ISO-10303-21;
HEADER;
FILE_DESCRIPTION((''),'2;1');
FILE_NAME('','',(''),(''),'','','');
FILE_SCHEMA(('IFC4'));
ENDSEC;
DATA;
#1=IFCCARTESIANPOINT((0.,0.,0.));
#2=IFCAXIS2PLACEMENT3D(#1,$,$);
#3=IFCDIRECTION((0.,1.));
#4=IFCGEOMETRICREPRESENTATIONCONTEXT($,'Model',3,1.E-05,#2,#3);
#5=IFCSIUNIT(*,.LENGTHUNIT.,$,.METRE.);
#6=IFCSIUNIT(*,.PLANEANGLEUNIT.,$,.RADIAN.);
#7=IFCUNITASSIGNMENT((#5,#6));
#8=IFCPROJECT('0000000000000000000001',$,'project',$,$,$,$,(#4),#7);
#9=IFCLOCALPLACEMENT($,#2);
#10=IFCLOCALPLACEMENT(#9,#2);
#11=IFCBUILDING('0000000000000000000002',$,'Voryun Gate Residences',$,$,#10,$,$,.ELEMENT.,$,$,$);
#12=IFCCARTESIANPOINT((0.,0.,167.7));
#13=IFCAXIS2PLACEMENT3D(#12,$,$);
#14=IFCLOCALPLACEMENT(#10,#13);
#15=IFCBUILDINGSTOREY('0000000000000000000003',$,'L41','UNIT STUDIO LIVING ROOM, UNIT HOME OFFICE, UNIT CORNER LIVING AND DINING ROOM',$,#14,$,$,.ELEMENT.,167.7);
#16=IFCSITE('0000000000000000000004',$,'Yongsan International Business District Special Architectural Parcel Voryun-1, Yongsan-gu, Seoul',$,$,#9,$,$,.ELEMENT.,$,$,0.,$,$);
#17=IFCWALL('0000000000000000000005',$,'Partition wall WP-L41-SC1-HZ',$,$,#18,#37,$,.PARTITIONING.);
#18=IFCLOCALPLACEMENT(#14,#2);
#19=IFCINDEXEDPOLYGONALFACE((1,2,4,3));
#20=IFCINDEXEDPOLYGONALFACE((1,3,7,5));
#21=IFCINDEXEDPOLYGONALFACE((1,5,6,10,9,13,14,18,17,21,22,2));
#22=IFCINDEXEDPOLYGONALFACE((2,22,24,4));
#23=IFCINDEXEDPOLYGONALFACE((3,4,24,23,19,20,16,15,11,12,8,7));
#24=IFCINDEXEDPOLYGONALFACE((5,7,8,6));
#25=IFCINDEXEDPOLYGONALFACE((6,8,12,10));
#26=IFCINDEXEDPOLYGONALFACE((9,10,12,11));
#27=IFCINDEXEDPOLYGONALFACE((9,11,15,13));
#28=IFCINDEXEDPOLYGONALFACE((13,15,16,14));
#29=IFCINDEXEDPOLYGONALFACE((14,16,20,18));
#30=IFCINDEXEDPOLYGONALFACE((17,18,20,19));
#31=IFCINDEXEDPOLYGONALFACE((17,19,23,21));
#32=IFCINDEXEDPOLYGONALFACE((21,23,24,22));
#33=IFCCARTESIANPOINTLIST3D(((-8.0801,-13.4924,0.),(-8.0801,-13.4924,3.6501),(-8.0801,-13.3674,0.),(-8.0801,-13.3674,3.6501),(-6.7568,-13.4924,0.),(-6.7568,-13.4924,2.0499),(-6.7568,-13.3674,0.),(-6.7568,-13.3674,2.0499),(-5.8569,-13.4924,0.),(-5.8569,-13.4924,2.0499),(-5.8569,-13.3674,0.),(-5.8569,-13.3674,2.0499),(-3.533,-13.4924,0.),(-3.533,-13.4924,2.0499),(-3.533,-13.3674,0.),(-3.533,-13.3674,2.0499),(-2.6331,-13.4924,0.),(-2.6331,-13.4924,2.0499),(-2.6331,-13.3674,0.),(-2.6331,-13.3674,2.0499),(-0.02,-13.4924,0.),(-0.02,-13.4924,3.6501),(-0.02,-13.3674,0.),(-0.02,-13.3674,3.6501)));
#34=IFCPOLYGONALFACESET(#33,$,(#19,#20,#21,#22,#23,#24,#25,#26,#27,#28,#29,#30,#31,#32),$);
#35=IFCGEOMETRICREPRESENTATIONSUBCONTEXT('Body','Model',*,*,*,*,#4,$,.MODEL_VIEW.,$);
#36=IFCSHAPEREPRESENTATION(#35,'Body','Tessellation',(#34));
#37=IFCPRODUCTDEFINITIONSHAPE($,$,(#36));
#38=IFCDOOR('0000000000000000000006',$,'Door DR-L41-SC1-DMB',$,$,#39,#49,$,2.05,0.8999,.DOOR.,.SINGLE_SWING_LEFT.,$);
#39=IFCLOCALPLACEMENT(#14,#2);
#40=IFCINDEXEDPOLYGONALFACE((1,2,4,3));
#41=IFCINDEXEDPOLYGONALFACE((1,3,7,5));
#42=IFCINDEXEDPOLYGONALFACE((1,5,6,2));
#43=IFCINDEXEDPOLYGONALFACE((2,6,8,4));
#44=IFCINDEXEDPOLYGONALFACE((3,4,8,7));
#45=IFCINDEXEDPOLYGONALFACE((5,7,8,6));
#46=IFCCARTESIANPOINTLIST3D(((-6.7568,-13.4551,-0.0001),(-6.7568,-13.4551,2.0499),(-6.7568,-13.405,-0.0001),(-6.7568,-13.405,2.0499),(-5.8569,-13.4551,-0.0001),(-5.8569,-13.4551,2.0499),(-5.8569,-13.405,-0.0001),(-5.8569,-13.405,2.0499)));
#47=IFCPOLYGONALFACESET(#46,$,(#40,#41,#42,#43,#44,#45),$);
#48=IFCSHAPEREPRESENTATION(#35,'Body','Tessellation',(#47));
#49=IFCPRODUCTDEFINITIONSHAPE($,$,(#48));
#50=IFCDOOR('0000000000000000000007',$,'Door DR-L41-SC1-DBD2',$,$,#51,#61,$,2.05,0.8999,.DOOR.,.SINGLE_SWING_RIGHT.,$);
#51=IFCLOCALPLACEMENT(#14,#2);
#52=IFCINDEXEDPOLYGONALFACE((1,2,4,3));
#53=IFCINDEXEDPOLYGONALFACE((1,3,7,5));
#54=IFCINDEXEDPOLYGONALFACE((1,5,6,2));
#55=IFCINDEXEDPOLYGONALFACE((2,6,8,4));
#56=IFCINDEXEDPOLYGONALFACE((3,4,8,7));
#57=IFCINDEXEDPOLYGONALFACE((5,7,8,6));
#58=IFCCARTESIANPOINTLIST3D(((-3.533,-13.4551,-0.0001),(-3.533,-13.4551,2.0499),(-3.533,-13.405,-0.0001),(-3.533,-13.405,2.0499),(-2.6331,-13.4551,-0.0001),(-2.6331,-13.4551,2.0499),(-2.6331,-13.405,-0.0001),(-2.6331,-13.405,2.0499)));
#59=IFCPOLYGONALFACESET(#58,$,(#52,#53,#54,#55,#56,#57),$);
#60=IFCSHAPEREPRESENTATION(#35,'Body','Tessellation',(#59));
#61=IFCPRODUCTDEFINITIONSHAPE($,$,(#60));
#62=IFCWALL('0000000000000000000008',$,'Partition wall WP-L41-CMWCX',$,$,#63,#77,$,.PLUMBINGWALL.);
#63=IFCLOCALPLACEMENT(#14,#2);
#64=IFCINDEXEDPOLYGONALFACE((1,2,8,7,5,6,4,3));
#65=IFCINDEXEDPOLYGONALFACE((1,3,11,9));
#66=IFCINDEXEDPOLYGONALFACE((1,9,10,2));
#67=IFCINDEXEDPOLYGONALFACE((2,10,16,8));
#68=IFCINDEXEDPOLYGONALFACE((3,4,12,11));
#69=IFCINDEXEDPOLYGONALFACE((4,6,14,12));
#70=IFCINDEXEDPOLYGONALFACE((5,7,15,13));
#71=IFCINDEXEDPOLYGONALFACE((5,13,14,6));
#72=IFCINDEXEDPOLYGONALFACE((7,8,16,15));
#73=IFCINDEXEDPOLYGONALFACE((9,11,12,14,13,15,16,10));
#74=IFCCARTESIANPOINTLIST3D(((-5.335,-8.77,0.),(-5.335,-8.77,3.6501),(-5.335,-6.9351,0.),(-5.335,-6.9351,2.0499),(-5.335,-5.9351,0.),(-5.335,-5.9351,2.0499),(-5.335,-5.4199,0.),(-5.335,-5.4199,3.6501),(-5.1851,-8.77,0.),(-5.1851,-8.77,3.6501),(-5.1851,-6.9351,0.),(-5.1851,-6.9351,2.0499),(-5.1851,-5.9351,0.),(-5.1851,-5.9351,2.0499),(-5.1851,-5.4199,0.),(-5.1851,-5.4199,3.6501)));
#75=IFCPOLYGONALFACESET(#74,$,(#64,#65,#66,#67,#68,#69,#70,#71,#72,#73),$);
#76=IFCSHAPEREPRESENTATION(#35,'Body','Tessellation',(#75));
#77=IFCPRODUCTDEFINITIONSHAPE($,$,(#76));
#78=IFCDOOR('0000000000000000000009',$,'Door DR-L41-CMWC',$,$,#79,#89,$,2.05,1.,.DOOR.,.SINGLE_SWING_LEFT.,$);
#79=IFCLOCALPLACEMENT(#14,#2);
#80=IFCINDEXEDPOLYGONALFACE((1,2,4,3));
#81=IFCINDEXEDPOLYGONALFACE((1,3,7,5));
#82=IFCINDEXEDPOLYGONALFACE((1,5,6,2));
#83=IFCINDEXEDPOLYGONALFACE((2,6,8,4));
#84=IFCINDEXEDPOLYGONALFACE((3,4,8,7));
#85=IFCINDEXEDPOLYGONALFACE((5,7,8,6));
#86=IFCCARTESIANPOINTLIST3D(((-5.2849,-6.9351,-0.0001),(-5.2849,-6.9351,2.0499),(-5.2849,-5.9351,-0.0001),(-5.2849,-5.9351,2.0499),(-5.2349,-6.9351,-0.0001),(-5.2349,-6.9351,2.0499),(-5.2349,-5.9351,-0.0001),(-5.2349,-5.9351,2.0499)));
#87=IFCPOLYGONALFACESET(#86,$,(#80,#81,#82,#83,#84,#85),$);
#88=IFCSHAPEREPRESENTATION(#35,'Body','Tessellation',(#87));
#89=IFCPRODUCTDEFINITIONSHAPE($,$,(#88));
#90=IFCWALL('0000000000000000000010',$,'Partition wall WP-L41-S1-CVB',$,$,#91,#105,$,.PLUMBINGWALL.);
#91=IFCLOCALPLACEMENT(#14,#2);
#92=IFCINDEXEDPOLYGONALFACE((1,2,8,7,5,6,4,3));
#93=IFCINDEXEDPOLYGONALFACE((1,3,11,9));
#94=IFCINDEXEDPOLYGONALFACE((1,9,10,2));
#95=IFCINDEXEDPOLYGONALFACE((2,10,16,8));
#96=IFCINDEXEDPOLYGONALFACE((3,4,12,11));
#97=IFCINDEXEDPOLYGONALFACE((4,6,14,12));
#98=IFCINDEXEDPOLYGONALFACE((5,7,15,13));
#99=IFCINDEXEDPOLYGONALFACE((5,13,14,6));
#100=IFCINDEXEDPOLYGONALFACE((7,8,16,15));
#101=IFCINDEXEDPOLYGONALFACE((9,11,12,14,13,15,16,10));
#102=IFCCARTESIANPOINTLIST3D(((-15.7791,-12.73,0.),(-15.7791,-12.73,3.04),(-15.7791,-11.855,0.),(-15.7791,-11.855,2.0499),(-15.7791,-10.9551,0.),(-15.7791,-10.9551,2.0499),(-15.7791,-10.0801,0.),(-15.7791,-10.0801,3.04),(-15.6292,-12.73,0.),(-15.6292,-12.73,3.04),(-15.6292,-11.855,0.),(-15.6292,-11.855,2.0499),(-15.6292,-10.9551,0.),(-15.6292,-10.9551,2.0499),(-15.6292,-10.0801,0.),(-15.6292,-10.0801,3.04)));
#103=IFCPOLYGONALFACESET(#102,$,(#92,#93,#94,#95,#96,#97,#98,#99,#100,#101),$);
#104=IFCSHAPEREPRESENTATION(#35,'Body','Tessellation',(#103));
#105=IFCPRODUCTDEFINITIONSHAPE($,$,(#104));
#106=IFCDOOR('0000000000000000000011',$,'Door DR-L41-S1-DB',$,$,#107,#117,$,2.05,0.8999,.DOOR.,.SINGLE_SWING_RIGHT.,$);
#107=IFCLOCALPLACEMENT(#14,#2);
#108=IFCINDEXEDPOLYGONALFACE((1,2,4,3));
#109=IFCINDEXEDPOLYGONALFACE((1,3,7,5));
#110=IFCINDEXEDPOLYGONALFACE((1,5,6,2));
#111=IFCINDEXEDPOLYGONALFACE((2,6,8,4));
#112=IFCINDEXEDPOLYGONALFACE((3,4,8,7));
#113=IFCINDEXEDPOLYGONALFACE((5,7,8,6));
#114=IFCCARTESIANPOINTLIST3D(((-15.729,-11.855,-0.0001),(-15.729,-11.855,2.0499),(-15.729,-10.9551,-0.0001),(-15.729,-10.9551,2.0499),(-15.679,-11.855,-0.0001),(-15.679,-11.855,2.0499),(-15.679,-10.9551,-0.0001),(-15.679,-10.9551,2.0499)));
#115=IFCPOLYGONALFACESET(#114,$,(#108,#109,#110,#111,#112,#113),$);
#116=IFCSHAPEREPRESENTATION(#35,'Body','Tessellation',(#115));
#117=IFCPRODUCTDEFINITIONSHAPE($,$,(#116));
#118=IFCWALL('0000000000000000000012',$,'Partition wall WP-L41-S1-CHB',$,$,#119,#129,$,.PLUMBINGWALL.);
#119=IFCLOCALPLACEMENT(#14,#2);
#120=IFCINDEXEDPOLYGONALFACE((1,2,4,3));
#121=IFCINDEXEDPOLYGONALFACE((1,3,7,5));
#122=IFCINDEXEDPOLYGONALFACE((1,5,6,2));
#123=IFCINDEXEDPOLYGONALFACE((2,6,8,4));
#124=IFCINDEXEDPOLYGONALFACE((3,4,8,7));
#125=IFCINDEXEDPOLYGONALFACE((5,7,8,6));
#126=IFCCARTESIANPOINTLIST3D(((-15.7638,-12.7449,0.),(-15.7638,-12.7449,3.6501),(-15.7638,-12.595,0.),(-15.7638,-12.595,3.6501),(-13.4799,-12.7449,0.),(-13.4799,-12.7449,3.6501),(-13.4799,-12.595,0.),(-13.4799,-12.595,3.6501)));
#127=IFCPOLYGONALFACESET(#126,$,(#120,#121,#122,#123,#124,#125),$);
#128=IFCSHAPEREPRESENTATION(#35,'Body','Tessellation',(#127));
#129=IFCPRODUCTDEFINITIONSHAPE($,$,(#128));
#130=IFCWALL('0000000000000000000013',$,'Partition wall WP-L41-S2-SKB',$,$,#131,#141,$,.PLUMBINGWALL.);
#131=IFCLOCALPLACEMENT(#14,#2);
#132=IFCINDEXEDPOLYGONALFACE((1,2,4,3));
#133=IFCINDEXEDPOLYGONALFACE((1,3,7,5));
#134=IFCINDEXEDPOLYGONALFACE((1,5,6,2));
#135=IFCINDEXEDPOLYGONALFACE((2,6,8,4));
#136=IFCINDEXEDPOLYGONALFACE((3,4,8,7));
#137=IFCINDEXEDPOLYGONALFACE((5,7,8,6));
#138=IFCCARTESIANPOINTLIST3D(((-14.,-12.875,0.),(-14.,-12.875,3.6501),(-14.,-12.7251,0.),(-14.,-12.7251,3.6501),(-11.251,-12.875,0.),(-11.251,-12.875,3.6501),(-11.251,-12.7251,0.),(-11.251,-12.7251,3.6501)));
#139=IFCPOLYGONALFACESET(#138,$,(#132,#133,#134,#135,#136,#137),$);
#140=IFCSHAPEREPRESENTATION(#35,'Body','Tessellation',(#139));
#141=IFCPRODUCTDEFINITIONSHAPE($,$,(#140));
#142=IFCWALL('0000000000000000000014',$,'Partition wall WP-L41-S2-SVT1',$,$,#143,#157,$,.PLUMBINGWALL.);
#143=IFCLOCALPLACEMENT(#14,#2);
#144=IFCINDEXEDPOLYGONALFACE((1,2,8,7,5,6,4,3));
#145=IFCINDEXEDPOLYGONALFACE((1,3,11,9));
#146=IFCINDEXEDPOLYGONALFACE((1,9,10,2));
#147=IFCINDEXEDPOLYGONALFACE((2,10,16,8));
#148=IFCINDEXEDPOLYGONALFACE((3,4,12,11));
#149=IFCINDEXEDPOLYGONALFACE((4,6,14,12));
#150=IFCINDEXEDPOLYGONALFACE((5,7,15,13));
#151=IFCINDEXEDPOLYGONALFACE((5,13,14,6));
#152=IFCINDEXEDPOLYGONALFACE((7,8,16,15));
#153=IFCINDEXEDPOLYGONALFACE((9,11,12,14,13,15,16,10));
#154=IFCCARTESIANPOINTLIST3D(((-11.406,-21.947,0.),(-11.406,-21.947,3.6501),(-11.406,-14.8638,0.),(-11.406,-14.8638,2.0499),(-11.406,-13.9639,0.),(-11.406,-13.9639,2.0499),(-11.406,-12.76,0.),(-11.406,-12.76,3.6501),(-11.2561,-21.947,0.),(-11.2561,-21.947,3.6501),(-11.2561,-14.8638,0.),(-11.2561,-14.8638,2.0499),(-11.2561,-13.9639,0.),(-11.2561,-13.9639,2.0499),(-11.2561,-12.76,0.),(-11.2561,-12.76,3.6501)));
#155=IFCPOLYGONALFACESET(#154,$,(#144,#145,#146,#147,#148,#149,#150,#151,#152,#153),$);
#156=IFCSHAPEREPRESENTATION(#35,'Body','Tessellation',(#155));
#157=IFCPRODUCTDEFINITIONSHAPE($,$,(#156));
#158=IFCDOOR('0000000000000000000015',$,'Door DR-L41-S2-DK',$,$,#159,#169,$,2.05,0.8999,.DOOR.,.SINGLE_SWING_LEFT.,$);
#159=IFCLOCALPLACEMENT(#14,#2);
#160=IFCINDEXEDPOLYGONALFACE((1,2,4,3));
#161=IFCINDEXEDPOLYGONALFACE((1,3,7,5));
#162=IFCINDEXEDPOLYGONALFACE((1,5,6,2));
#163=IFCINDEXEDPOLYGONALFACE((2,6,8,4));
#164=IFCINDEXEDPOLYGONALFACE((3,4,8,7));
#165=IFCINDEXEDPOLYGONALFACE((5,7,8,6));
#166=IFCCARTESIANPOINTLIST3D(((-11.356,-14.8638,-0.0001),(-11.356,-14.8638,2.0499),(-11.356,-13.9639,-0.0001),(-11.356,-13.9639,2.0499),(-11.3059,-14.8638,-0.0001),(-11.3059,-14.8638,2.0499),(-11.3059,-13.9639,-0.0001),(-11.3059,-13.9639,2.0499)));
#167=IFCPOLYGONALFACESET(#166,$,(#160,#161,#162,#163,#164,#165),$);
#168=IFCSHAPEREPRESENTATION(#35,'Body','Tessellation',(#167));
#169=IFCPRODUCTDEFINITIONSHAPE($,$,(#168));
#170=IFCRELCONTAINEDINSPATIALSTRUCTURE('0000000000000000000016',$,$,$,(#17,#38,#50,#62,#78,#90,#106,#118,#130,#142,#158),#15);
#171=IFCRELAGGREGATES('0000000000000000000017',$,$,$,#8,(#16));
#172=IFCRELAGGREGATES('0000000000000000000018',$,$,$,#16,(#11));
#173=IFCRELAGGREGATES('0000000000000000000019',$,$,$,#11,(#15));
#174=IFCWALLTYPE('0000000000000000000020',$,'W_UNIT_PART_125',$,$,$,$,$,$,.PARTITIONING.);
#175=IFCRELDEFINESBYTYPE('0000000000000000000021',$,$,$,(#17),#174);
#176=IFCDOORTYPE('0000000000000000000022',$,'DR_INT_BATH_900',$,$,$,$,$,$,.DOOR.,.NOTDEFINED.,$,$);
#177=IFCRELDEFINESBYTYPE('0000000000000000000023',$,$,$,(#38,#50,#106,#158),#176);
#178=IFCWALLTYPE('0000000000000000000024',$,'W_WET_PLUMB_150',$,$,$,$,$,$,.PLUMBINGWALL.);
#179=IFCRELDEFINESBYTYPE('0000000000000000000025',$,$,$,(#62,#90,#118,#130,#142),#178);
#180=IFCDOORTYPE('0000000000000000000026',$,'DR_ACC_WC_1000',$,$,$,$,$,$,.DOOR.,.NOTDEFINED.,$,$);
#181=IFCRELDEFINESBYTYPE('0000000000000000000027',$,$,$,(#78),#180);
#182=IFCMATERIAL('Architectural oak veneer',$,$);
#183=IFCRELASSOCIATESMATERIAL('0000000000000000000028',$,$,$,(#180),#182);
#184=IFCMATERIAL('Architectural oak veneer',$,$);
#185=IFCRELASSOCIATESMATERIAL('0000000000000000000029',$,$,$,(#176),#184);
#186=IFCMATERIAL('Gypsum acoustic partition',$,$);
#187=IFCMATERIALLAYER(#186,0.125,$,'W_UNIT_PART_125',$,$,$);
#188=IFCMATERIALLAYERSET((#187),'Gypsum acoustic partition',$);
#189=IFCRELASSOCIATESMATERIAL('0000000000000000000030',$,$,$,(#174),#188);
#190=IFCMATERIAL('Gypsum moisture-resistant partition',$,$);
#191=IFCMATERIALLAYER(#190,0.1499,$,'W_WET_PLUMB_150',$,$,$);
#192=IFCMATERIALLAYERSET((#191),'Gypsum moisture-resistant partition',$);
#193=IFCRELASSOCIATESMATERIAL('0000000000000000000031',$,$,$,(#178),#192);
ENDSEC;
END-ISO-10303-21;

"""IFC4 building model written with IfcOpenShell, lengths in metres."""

from ifc_helpers import new_model, si_unit, direction, frame, frame_2d, origin, place, context, subcontext, project, spatial, rectangle, extrude, material, layer, layer_set, type_object, element, fill, save


model = new_model("IFC4")

# Units and contexts
model_context = context("Model", 3, precision=1e-05, world=origin(), true_north=direction((0.0, 1.0)))
body_context = subcontext(model_context, "Body", "Model", "MODEL_VIEW")
ifc_project = project(units=[si_unit("LENGTHUNIT", "METRE"), si_unit("PLANEANGLEUNIT", "RADIAN")], contexts=[model_context])

# Site, building, storey
site_placement = place(None, origin())
site = spatial("IfcSite", under=ifc_project, at=site_placement, Name="Yongsan International Business District Special Architectural Parcel Voryun-1, Yongsan-gu, Seoul", CompositionType="ELEMENT", RefElevation=0.0)
building_placement = place(site_placement, origin())
building = spatial("IfcBuilding", under=site, at=building_placement, Name="Voryun Gate Residences", CompositionType="ELEMENT")
storey_placement = place(building_placement, frame((0.0, 0.0, 167.7)))
storey = spatial("IfcBuildingStorey", under=building, at=storey_placement, Name="L41", Description="UNIT STUDIO LIVING ROOM, UNIT HOME OFFICE, UNIT CORNER LIVING AND DINING ROOM", CompositionType="ELEMENT", Elevation=167.7)

# Shared definitions
ifc_material_1 = material(Name="Architectural oak veneer")
door_type_1 = type_object("IfcDoorType", Name="DR_ACC_WC_1000", OperationType="NOTDEFINED", PredefinedType="DOOR", material=ifc_material_1)
ifc_material_2 = material(Name="Architectural oak veneer")
door_type_2 = type_object("IfcDoorType", Name="DR_INT_BATH_900", OperationType="NOTDEFINED", PredefinedType="DOOR", material=ifc_material_2)

# Shared definitions
ifc_material_3 = material(Name="Gypsum acoustic partition")
ifc_layer_1 = layer(ifc_material_3, 0.125, Name="W_UNIT_PART_125")
ifc_layer_set_1 = layer_set([ifc_layer_1], Name="Gypsum acoustic partition")
wall_type_1 = type_object("IfcWallType", Name="W_UNIT_PART_125", PredefinedType="PARTITIONING", material=ifc_layer_set_1)

# Wall, openings, doors
wall_1_placement = place(storey_placement, frame((-8.0801, -13.4299, 0.0), z_axis=(0.0, 0.0, 1.0), x_axis=(1.0, 0.0, 0.0)))
wall_1 = element("IfcWall", 1, at=wall_1_placement, inside=storey, type_object=wall_type_1, Name="Partition wall WP-L41-SC1-HZ", PredefinedType="PARTITIONING", context=body_context, shape_type="SweptSolid", body=[
    extrude(rectangle(XDim=8.0601, YDim=0.125, at=frame_2d((4.03, 0.0))), origin(), (0.0, 0.0, 1.0), 3.6501),
])
opening_1_placement = place(wall_1_placement, frame((1.3232, 0.0, 0.0)))
opening_1 = element("IfcOpeningElement", 2, at=opening_1_placement, cuts=wall_1, PredefinedType="OPENING", context=body_context, shape_type="SweptSolid", body=[
    extrude(rectangle(XDim=0.8999, YDim=2.05, at=frame_2d((0.45, 1.0249))), frame((0.0, 0.0725, 0.0), z_axis=(0.0, -1.0, 0.0), x_axis=(1.0, 0.0, 0.0)), (0.0, 0.0, 1.0), 0.145),
])
opening_2_placement = place(wall_1_placement, frame((4.5471, 0.0, 0.0)))
opening_2 = element("IfcOpeningElement", 3, at=opening_2_placement, cuts=wall_1, PredefinedType="OPENING", context=body_context, shape_type="SweptSolid", body=[
    extrude(rectangle(XDim=0.8999, YDim=2.05, at=frame_2d((0.45, 1.0249))), frame((0.0, 0.0725, 0.0), z_axis=(0.0, -1.0, 0.0), x_axis=(1.0, 0.0, 0.0)), (0.0, 0.0, 1.0), 0.145),
])
door_1_placement = place(opening_1_placement, origin())
door_1 = element("IfcDoor", 4, at=door_1_placement, inside=storey, type_object=door_type_2, Name="Door DR-L41-SC1-DMB", OperationType="SINGLE_SWING_LEFT", OverallHeight=2.05, OverallWidth=0.8999, PredefinedType="DOOR", context=body_context, shape_type="SweptSolid", body=[
    extrude(rectangle(XDim=0.8999, YDim=2.05, at=frame_2d((0.45, 1.0249))), frame((0.0, 0.0249, 0.0), z_axis=(0.0, -1.0, 0.0), x_axis=(1.0, 0.0, 0.0)), (0.0, 0.0, 1.0), 0.05),
])
fill(opening_1, door_1)
door_2_placement = place(opening_2_placement, origin())
door_2 = element("IfcDoor", 5, at=door_2_placement, inside=storey, type_object=door_type_2, Name="Door DR-L41-SC1-DBD2", OperationType="SINGLE_SWING_RIGHT", OverallHeight=2.05, OverallWidth=0.8999, PredefinedType="DOOR", context=body_context, shape_type="SweptSolid", body=[
    extrude(rectangle(XDim=0.8999, YDim=2.05, at=frame_2d((0.45, 1.0249))), frame((0.0, 0.0249, 0.0), z_axis=(0.0, -1.0, 0.0), x_axis=(1.0, 0.0, 0.0)), (0.0, 0.0, 1.0), 0.05),
])
fill(opening_2, door_2)

# Walls, openings, doors
ifc_material_4 = material(Name="Gypsum moisture-resistant partition")
ifc_layer_2 = layer(ifc_material_4, 0.1499, Name="W_WET_PLUMB_150")
ifc_layer_set_2 = layer_set([ifc_layer_2], Name="Gypsum moisture-resistant partition")
wall_type_2 = type_object("IfcWallType", Name="W_WET_PLUMB_150", PredefinedType="PLUMBINGWALL", material=ifc_layer_set_2)
wall_2_placement = place(storey_placement, frame((-5.26, -8.77, 0.0), z_axis=(0.0, 0.0, 1.0), x_axis=(0.0, 1.0, 0.0)))
wall_2 = element("IfcWall", 6, at=wall_2_placement, inside=storey, type_object=wall_type_2, Name="Partition wall WP-L41-CMWCX", PredefinedType="PLUMBINGWALL", context=body_context, shape_type="SweptSolid", body=[
    extrude(rectangle(XDim=3.3501, YDim=0.1499, at=frame_2d((1.675, 0.0))), origin(), (0.0, 0.0, 1.0), 3.6501),
])
opening_3_placement = place(wall_2_placement, frame((1.835, 0.0, 0.0)))
opening_3 = element("IfcOpeningElement", 7, at=opening_3_placement, cuts=wall_2, PredefinedType="OPENING", context=body_context, shape_type="SweptSolid", body=[
    extrude(rectangle(XDim=1.0, YDim=2.05, at=frame_2d((0.5, 1.0249))), frame((0.0, 0.085, 0.0), z_axis=(0.0, -1.0, 0.0), x_axis=(1.0, 0.0, 0.0)), (0.0, 0.0, 1.0), 0.1699),
])
door_3_placement = place(opening_3_placement, origin())
door_3 = element("IfcDoor", 8, at=door_3_placement, inside=storey, type_object=door_type_1, Name="Door DR-L41-CMWC", OperationType="SINGLE_SWING_LEFT", OverallHeight=2.05, OverallWidth=1.0, PredefinedType="DOOR", context=body_context, shape_type="SweptSolid", body=[
    extrude(rectangle(XDim=1.0, YDim=2.05, at=frame_2d((0.5, 1.0249))), frame((0.0, 0.0249, 0.0), z_axis=(0.0, -1.0, 0.0), x_axis=(1.0, 0.0, 0.0)), (0.0, 0.0, 1.0), 0.05),
])
fill(opening_3, door_3)
wall_3_placement = place(storey_placement, frame((-15.7041, -12.73, 0.0), z_axis=(0.0, 0.0, 1.0), x_axis=(0.0, 1.0, 0.0)))
wall_3 = element("IfcWall", 9, at=wall_3_placement, inside=storey, type_object=wall_type_2, Name="Partition wall WP-L41-S1-CVB", PredefinedType="PLUMBINGWALL", context=body_context, shape_type="SweptSolid", body=[
    extrude(rectangle(XDim=2.6499, YDim=0.1499, at=frame_2d((1.325, 0.0))), origin(), (0.0, 0.0, 1.0), 3.04),
])
opening_4_placement = place(wall_3_placement, frame((0.875, 0.0, 0.0)))
opening_4 = element("IfcOpeningElement", 10, at=opening_4_placement, cuts=wall_3, PredefinedType="OPENING", context=body_context, shape_type="SweptSolid", body=[
    extrude(rectangle(XDim=0.8999, YDim=2.05, at=frame_2d((0.45, 1.0249))), frame((0.0, 0.085, 0.0), z_axis=(0.0, -1.0, 0.0), x_axis=(1.0, 0.0, 0.0)), (0.0, 0.0, 1.0), 0.1699),
])
door_4_placement = place(opening_4_placement, origin())
door_4 = element("IfcDoor", 11, at=door_4_placement, inside=storey, type_object=door_type_2, Name="Door DR-L41-S1-DB", OperationType="SINGLE_SWING_RIGHT", OverallHeight=2.05, OverallWidth=0.8999, PredefinedType="DOOR", context=body_context, shape_type="SweptSolid", body=[
    extrude(rectangle(XDim=0.8999, YDim=2.05, at=frame_2d((0.45, 1.0249))), frame((0.0, 0.0249, 0.0), z_axis=(0.0, -1.0, 0.0), x_axis=(1.0, 0.0, 0.0)), (0.0, 0.0, 1.0), 0.05),
])
fill(opening_4, door_4)

# Walls
wall_4_placement = place(storey_placement, frame((-15.7639, -12.6699, 0.0), z_axis=(0.0, 0.0, 1.0), x_axis=(1.0, 0.0, 0.0)))
element("IfcWall", 12, at=wall_4_placement, inside=storey, type_object=wall_type_2, Name="Partition wall WP-L41-S1-CHB", PredefinedType="PLUMBINGWALL", context=body_context, shape_type="SweptSolid", body=[
    extrude(rectangle(XDim=2.2839, YDim=0.1499, at=frame_2d((1.1421, 0.0))), origin(), (0.0, 0.0, 1.0), 3.6501),
])
wall_5_placement = place(storey_placement, frame((-14.0, -12.8, 0.0), z_axis=(0.0, 0.0, 1.0), x_axis=(1.0, 0.0, 0.0)))
element("IfcWall", 13, at=wall_5_placement, inside=storey, type_object=wall_type_2, Name="Partition wall WP-L41-S2-SKB", PredefinedType="PLUMBINGWALL", context=body_context, shape_type="SweptSolid", body=[
    extrude(rectangle(XDim=2.749, YDim=0.1499, at=frame_2d((1.3745, 0.0))), origin(), (0.0, 0.0, 1.0), 3.6501),
])

# Wall, opening, door
wall_6_placement = place(storey_placement, frame((-11.3311, -21.947, 0.0), z_axis=(0.0, 0.0, 1.0), x_axis=(0.0, 1.0, 0.0)))
wall_6 = element("IfcWall", 14, at=wall_6_placement, inside=storey, type_object=wall_type_2, Name="Partition wall WP-L41-S2-SVT1", PredefinedType="PLUMBINGWALL", context=body_context, shape_type="SweptSolid", body=[
    extrude(rectangle(XDim=9.187, YDim=0.1499, at=frame_2d((4.5935, 0.0))), origin(), (0.0, 0.0, 1.0), 3.6501),
])
opening_5_placement = place(wall_6_placement, frame((7.0833, 0.0, 0.0)))
opening_5 = element("IfcOpeningElement", 15, at=opening_5_placement, cuts=wall_6, PredefinedType="OPENING", context=body_context, shape_type="SweptSolid", body=[
    extrude(rectangle(XDim=0.8999, YDim=2.05, at=frame_2d((0.45, 1.0249))), frame((0.0, 0.085, 0.0), z_axis=(0.0, -1.0, 0.0), x_axis=(1.0, 0.0, 0.0)), (0.0, 0.0, 1.0), 0.1699),
])
door_5_placement = place(opening_5_placement, origin())
door_5 = element("IfcDoor", 16, at=door_5_placement, inside=storey, type_object=door_type_2, Name="Door DR-L41-S2-DK", OperationType="SINGLE_SWING_LEFT", OverallHeight=2.05, OverallWidth=0.8999, PredefinedType="DOOR", context=body_context, shape_type="SweptSolid", body=[
    extrude(rectangle(XDim=0.8999, YDim=2.05, at=frame_2d((0.45, 1.0249))), frame((0.0, 0.0249, 0.0), z_axis=(0.0, -1.0, 0.0), x_axis=(1.0, 0.0, 0.0)), (0.0, 0.0, 1.0), 0.05),
])
fill(opening_5, door_5)

save(model, "model.ifc")
